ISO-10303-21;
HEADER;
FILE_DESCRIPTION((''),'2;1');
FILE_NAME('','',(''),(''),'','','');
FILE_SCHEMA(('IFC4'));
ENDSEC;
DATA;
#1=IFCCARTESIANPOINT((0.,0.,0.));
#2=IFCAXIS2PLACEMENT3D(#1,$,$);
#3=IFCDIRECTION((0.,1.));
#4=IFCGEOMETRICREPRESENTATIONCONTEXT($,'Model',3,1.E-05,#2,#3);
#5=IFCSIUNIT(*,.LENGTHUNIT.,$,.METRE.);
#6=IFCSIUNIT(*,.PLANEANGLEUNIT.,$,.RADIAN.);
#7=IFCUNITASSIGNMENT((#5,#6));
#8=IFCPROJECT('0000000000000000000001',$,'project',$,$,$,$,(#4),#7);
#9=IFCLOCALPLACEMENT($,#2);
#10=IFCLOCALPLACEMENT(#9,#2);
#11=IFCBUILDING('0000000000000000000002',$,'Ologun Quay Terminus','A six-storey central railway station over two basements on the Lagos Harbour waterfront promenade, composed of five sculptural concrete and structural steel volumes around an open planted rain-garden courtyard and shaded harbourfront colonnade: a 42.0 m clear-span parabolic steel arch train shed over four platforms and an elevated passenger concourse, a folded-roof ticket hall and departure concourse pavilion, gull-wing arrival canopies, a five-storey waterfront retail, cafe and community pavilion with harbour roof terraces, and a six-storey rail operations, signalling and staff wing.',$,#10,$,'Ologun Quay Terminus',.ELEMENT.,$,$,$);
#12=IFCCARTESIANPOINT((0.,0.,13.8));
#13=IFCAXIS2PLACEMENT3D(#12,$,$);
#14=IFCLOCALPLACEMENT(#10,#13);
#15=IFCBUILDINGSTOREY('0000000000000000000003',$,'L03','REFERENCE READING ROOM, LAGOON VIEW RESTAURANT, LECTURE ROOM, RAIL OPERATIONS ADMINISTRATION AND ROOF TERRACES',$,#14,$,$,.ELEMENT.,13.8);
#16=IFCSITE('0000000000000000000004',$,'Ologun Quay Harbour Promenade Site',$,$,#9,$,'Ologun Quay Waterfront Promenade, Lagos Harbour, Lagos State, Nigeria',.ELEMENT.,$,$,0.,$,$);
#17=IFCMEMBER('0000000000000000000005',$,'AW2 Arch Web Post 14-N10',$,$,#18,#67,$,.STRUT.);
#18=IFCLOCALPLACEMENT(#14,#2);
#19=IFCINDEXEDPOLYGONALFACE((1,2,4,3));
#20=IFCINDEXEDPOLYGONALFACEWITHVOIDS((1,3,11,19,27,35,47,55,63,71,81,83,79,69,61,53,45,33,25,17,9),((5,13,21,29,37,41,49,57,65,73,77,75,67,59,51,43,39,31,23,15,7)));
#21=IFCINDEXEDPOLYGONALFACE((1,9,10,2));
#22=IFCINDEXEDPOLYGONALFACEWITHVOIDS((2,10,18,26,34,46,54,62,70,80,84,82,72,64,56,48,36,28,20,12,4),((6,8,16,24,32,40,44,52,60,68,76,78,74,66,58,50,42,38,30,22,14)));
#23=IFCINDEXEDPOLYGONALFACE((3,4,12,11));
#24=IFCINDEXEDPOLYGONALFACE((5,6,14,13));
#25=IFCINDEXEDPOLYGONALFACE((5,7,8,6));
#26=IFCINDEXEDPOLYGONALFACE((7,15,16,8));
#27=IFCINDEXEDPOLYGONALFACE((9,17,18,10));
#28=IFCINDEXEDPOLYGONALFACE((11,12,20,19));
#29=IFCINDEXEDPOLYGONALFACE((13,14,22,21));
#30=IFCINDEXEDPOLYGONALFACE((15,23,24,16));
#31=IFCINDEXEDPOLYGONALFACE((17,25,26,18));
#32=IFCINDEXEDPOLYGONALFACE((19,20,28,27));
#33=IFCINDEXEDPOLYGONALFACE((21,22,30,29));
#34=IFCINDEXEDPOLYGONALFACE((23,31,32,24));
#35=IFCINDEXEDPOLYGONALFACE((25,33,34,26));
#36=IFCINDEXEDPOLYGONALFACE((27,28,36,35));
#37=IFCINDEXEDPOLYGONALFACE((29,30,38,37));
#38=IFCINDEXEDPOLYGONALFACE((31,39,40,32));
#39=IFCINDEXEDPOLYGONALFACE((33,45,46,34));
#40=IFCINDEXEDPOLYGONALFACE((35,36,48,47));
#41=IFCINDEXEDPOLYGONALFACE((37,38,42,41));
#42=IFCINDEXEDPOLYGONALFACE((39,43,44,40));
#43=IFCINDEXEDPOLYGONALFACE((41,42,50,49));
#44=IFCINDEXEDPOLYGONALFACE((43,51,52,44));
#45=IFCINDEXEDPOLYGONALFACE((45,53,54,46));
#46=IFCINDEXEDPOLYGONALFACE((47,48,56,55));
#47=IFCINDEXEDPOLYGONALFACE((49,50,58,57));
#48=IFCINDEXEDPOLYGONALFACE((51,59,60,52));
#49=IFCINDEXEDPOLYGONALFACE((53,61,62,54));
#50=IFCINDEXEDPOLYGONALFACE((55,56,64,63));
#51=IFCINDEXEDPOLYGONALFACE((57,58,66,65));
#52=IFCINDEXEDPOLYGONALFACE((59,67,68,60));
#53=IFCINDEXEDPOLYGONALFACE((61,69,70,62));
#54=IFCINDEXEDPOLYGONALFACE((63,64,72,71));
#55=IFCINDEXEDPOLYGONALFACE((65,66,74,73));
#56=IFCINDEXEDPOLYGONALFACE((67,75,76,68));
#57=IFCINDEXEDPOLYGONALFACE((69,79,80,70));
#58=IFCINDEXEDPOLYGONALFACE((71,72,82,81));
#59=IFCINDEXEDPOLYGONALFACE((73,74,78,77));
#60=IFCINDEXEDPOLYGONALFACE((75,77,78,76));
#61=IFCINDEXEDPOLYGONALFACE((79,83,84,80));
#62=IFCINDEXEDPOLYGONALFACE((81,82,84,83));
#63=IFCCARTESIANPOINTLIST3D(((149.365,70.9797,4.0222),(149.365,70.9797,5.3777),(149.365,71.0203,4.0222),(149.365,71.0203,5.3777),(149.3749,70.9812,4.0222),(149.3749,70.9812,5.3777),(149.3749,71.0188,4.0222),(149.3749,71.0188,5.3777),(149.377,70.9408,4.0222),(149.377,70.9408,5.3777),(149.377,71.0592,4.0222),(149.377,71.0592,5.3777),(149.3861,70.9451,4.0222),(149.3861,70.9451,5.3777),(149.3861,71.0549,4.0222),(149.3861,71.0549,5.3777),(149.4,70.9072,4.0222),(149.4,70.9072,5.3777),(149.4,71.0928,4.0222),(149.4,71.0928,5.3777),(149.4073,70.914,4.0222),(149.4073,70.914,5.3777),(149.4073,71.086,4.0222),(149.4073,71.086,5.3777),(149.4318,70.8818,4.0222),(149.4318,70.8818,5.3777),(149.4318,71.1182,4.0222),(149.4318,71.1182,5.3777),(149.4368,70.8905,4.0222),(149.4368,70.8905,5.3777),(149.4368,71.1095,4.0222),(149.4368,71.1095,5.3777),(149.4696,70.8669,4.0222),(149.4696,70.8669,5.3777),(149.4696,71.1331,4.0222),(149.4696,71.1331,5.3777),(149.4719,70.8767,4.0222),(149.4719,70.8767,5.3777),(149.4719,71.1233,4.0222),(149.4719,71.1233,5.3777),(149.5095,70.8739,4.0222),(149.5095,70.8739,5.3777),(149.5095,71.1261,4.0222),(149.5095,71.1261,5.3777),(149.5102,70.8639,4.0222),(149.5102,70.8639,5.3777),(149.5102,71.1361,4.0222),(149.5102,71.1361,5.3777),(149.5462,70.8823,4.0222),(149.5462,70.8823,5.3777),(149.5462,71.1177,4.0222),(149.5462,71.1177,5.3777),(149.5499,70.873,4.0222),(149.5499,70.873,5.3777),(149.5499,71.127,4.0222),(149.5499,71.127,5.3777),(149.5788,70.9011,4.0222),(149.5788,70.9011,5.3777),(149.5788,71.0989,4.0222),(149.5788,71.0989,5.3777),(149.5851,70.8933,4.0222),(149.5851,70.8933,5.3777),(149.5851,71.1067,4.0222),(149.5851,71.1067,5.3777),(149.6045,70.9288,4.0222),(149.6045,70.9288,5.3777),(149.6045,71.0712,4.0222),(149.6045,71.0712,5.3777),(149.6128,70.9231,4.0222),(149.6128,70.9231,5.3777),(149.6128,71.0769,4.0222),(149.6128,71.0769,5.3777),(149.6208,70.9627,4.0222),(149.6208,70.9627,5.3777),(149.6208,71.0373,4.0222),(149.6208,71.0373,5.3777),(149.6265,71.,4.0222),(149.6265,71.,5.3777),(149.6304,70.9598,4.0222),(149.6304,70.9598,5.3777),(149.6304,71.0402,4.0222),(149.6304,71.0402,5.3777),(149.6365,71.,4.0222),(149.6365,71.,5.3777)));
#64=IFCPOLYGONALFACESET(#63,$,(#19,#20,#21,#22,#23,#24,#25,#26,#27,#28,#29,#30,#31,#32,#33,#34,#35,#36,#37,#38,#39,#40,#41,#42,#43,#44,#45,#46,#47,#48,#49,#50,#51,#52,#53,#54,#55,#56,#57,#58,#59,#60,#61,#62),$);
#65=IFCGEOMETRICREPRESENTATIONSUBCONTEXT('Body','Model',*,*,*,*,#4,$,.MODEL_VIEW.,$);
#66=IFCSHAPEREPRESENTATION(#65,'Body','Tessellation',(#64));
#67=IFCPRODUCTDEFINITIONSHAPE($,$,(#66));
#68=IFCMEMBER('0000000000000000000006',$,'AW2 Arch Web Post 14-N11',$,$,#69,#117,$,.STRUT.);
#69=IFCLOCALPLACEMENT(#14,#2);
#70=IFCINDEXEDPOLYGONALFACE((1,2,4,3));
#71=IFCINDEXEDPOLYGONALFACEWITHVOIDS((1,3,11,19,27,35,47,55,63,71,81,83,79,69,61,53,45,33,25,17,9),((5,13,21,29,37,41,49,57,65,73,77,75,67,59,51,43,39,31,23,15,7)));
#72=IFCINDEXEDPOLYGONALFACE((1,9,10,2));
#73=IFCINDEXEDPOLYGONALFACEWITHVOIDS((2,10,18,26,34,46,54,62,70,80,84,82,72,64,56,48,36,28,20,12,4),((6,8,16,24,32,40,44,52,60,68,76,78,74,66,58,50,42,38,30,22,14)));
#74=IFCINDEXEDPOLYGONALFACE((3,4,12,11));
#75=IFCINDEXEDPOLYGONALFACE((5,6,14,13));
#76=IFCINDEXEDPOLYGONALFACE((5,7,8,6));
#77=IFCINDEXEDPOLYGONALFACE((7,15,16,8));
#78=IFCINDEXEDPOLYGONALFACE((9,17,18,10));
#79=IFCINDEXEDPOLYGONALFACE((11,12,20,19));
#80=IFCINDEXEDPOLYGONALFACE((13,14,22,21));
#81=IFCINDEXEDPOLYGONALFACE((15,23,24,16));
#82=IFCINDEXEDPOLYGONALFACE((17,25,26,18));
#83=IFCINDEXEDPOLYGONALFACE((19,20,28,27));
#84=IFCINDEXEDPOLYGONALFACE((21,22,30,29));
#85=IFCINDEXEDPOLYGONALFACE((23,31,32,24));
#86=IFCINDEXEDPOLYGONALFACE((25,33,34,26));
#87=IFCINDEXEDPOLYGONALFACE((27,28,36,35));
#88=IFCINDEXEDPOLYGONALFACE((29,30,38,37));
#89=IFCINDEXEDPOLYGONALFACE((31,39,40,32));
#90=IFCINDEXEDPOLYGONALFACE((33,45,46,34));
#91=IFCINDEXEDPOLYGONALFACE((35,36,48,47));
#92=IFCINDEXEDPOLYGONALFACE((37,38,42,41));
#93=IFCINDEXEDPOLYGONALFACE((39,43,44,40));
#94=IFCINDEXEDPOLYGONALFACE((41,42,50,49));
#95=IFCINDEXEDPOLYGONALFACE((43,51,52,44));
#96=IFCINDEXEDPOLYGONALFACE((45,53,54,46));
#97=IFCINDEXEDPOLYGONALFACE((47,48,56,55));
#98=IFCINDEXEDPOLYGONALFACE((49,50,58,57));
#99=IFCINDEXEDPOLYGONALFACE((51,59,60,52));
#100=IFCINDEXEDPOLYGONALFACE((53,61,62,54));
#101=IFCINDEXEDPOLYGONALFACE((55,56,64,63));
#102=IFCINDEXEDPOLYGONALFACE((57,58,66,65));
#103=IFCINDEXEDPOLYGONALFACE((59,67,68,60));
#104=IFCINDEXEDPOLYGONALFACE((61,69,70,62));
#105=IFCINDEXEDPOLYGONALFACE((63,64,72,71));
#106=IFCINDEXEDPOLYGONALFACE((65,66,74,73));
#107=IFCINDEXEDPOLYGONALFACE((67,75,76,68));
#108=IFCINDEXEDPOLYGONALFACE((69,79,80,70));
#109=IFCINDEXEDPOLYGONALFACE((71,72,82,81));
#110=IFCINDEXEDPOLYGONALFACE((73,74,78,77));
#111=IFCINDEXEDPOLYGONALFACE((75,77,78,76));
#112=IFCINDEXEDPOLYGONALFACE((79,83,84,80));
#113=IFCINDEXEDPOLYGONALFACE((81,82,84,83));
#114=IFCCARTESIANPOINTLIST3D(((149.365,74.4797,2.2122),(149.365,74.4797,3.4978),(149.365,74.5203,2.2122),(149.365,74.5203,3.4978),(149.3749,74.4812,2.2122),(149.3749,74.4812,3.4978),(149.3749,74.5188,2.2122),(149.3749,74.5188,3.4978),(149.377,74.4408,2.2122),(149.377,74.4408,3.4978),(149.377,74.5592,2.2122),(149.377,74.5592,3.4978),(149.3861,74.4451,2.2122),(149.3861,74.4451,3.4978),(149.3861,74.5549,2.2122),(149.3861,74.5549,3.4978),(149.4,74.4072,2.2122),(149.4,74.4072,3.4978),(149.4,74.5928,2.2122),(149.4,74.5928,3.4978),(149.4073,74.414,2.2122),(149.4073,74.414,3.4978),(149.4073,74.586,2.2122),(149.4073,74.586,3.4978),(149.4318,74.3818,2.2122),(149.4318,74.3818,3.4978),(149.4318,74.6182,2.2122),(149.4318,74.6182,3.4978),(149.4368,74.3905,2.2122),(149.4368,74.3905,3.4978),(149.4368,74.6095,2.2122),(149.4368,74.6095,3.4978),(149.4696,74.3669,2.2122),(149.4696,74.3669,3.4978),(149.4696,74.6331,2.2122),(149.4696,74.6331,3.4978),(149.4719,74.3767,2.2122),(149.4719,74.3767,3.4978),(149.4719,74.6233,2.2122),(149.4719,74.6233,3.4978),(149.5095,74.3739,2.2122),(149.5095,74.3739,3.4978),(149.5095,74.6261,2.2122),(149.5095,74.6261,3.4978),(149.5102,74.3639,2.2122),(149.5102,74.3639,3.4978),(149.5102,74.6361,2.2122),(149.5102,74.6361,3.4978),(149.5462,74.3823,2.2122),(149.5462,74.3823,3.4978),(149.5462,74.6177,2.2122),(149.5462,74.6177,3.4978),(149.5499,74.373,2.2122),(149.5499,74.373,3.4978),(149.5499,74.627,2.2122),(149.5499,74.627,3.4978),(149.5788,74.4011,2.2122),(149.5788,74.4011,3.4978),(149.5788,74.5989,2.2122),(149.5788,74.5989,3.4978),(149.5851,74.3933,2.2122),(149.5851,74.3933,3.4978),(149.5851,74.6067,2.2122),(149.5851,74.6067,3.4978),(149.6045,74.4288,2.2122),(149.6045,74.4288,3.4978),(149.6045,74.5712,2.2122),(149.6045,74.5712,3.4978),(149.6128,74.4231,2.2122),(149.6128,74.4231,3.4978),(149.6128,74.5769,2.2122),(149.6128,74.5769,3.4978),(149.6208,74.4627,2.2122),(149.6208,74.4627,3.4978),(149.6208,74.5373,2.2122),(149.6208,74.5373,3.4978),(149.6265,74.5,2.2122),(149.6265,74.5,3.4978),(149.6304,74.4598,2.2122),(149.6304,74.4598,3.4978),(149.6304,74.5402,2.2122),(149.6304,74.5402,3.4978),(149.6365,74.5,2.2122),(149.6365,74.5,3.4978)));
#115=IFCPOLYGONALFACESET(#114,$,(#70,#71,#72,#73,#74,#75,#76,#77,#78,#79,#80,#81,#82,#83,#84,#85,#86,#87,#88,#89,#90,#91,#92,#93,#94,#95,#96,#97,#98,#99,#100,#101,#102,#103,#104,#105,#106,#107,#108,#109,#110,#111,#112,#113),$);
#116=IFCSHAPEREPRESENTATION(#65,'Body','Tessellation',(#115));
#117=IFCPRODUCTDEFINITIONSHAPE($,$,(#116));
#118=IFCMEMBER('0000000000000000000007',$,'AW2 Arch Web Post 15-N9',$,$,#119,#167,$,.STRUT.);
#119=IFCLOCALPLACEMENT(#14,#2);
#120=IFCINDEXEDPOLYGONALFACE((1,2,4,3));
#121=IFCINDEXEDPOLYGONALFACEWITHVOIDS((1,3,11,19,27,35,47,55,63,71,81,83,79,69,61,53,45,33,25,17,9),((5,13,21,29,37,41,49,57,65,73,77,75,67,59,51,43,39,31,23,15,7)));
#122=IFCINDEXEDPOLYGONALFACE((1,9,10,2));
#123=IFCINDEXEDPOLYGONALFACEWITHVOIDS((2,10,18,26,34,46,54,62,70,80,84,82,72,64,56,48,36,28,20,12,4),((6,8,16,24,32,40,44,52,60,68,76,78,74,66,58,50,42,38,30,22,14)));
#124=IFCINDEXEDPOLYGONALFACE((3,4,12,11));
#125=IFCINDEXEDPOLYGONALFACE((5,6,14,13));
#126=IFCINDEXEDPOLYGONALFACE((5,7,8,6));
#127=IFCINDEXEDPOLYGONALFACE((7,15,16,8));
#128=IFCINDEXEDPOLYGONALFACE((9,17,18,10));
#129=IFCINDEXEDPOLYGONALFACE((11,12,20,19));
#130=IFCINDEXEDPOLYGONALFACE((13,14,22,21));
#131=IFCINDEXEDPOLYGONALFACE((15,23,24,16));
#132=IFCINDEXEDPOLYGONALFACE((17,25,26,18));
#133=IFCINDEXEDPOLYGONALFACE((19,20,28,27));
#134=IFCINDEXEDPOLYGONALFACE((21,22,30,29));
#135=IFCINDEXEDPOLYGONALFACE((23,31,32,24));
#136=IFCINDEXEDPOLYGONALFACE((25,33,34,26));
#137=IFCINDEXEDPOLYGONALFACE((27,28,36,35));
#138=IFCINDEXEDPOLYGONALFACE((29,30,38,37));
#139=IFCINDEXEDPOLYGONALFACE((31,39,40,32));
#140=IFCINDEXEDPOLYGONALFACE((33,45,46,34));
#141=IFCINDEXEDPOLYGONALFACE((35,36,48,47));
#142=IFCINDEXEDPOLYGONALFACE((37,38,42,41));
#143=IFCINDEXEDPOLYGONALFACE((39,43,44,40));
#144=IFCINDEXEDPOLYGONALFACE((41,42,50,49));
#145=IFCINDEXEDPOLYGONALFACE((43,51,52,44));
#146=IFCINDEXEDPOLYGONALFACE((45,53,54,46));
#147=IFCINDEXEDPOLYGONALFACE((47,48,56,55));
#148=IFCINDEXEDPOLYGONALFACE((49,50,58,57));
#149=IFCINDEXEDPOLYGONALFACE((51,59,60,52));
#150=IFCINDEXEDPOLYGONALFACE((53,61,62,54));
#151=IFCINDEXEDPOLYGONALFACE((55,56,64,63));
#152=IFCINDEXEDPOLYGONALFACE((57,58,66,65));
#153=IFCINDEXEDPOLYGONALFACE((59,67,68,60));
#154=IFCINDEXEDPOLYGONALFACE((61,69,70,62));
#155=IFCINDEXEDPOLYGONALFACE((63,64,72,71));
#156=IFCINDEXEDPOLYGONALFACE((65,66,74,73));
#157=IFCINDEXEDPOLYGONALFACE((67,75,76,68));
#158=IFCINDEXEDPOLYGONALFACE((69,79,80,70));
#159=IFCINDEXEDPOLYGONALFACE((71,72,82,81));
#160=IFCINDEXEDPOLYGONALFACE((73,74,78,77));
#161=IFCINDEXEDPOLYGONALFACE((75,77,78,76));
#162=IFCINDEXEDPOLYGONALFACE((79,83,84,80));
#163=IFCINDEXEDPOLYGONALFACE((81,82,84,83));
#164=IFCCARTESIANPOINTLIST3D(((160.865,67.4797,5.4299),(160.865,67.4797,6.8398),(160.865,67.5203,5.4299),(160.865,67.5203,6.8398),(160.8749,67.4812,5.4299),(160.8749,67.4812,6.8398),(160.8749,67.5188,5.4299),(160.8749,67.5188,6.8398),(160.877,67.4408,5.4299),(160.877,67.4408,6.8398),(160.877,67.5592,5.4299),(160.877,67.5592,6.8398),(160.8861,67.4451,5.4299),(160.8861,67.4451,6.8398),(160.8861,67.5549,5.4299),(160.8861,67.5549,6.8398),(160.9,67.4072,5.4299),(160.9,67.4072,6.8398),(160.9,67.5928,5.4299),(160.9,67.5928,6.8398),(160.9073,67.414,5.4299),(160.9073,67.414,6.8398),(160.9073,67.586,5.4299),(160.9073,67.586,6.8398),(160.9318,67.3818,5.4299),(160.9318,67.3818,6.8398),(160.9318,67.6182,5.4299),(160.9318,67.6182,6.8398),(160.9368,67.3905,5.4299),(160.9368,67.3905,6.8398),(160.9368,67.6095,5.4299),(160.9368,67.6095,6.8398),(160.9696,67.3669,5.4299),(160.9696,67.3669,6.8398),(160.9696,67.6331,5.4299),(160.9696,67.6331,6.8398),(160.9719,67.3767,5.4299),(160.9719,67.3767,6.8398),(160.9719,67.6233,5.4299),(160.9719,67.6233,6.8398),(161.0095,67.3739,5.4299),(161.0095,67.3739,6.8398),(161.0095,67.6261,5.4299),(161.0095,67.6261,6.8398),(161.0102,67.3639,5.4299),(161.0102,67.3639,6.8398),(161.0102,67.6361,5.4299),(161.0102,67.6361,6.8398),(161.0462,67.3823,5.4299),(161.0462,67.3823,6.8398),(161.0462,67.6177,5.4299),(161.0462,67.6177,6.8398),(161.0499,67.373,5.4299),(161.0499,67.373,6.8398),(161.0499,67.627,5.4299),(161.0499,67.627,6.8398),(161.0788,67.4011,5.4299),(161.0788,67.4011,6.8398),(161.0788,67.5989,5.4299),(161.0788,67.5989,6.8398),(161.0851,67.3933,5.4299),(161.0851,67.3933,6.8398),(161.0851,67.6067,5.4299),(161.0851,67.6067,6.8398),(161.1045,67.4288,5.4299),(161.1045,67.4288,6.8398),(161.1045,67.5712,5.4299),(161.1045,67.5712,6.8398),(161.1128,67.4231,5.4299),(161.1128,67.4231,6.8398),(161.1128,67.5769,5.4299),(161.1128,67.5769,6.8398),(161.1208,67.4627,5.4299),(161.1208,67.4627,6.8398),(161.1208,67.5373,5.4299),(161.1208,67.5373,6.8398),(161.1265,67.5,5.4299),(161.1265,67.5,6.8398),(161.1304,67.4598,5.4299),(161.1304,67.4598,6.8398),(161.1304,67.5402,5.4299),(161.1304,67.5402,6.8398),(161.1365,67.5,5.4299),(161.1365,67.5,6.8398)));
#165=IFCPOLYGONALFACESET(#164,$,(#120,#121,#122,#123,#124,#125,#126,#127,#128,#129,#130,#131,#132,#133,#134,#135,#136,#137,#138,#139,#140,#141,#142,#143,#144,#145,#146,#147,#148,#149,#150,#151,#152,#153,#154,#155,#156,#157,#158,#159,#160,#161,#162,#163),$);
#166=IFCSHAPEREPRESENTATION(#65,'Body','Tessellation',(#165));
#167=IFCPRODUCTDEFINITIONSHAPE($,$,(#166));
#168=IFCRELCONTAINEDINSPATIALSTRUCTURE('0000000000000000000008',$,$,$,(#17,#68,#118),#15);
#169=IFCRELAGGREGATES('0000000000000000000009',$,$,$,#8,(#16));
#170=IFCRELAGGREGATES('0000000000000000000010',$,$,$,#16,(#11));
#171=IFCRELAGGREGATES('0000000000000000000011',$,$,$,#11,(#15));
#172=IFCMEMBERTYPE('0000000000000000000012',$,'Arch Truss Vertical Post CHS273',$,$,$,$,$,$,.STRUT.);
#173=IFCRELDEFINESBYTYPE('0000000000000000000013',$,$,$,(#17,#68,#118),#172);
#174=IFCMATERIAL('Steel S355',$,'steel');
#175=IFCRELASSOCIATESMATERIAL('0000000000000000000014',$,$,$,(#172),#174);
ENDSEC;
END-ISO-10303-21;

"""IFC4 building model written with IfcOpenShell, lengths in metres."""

from ifc_helpers import new_model, si_unit, direction, frame, origin, origin_2d, place, context, subcontext, project, spatial, hollow_circle, extrude, material, material_profile, profile_set, type_object, element, save


model = new_model("IFC4")

# Units and contexts
model_context = context("Model", 3, precision=1e-05, world=origin(), true_north=direction((0.0, 1.0)))
body_context = subcontext(model_context, "Body", "Model", "MODEL_VIEW")
ifc_project = project(units=[si_unit("LENGTHUNIT", "METRE"), si_unit("PLANEANGLEUNIT", "RADIAN")], contexts=[model_context])

# Site, building, storey
site_placement = place(None, origin())
site = spatial("IfcSite", under=ifc_project, at=site_placement, Name="Ologun Quay Harbour Promenade Site", LongName="Ologun Quay Waterfront Promenade, Lagos Harbour, Lagos State, Nigeria", CompositionType="ELEMENT", RefElevation=0.0)
building_placement = place(site_placement, origin())
building = spatial("IfcBuilding", under=site, at=building_placement, Name="Ologun Quay Terminus", Description="A six-storey central railway station over two basements on the Lagos Harbour waterfront promenade, composed of five sculptural concrete and structural steel volumes around an open planted rain-garden courtyard and shaded harbourfront colonnade: a 42.0 m clear-span parabolic steel arch train shed over four platforms and an elevated passenger concourse, a folded-roof ticket hall and departure concourse pavilion, gull-wing arrival canopies, a five-storey waterfront retail, cafe and community pavilion with harbour roof terraces, and a six-storey rail operations, signalling and staff wing.", LongName="Ologun Quay Terminus", CompositionType="ELEMENT")
storey_placement = place(building_placement, frame((0.0, 0.0, 13.8)))
storey = spatial("IfcBuildingStorey", under=building, at=storey_placement, Name="L03", Description="REFERENCE READING ROOM, LAGOON VIEW RESTAURANT, LECTURE ROOM, RAIL OPERATIONS ADMINISTRATION AND ROOF TERRACES", CompositionType="ELEMENT", Elevation=13.8)

# Members
ifc_material_1 = material(Name="Steel S355", Category="steel")
ifc_material_profile_1 = material_profile(ifc_material_1, hollow_circle(Radius=0.1365, WallThickness=0.01, at=origin_2d()), Name="CHS 273x10")
ifc_profile_set_1 = profile_set([ifc_material_profile_1], Name="Steel S355")
member_type_1 = type_object("IfcMemberType", Name="Arch Truss Vertical Post CHS273", PredefinedType="STRUT", material=ifc_profile_set_1)
member_1_placement = place(storey_placement, frame((149.5, 71.0, 4.0222), z_axis=(0.0, 0.0, 1.0), x_axis=(1.0, 0.0, 0.0)))
element("IfcMember", 1, at=member_1_placement, inside=storey, type_object=member_type_1, Name="AW2 Arch Web Post 14-N10", PredefinedType="STRUT", context=body_context, shape_type="SweptSolid", body=[
    extrude(hollow_circle(Radius=0.1365, WallThickness=0.01, at=origin_2d()), origin(), (0.0, 0.0, 1.0), 1.3555),
])
member_2_placement = place(storey_placement, frame((149.5, 74.5, 2.2122), z_axis=(0.0, 0.0, 1.0), x_axis=(1.0, 0.0, 0.0)))
element("IfcMember", 2, at=member_2_placement, inside=storey, type_object=member_type_1, Name="AW2 Arch Web Post 14-N11", PredefinedType="STRUT", context=body_context, shape_type="SweptSolid", body=[
    extrude(hollow_circle(Radius=0.1365, WallThickness=0.01, at=origin_2d()), origin(), (0.0, 0.0, 1.0), 1.2856),
])
member_3_placement = place(storey_placement, frame((161.0, 67.5, 5.4299), z_axis=(0.0, 0.0, 1.0), x_axis=(1.0, 0.0, 0.0)))
element("IfcMember", 3, at=member_3_placement, inside=storey, type_object=member_type_1, Name="AW2 Arch Web Post 15-N9", PredefinedType="STRUT", context=body_context, shape_type="SweptSolid", body=[
    extrude(hollow_circle(Radius=0.1365, WallThickness=0.01, at=origin_2d()), origin(), (0.0, 0.0, 1.0), 1.4099),
])

save(model, "model.ifc")
